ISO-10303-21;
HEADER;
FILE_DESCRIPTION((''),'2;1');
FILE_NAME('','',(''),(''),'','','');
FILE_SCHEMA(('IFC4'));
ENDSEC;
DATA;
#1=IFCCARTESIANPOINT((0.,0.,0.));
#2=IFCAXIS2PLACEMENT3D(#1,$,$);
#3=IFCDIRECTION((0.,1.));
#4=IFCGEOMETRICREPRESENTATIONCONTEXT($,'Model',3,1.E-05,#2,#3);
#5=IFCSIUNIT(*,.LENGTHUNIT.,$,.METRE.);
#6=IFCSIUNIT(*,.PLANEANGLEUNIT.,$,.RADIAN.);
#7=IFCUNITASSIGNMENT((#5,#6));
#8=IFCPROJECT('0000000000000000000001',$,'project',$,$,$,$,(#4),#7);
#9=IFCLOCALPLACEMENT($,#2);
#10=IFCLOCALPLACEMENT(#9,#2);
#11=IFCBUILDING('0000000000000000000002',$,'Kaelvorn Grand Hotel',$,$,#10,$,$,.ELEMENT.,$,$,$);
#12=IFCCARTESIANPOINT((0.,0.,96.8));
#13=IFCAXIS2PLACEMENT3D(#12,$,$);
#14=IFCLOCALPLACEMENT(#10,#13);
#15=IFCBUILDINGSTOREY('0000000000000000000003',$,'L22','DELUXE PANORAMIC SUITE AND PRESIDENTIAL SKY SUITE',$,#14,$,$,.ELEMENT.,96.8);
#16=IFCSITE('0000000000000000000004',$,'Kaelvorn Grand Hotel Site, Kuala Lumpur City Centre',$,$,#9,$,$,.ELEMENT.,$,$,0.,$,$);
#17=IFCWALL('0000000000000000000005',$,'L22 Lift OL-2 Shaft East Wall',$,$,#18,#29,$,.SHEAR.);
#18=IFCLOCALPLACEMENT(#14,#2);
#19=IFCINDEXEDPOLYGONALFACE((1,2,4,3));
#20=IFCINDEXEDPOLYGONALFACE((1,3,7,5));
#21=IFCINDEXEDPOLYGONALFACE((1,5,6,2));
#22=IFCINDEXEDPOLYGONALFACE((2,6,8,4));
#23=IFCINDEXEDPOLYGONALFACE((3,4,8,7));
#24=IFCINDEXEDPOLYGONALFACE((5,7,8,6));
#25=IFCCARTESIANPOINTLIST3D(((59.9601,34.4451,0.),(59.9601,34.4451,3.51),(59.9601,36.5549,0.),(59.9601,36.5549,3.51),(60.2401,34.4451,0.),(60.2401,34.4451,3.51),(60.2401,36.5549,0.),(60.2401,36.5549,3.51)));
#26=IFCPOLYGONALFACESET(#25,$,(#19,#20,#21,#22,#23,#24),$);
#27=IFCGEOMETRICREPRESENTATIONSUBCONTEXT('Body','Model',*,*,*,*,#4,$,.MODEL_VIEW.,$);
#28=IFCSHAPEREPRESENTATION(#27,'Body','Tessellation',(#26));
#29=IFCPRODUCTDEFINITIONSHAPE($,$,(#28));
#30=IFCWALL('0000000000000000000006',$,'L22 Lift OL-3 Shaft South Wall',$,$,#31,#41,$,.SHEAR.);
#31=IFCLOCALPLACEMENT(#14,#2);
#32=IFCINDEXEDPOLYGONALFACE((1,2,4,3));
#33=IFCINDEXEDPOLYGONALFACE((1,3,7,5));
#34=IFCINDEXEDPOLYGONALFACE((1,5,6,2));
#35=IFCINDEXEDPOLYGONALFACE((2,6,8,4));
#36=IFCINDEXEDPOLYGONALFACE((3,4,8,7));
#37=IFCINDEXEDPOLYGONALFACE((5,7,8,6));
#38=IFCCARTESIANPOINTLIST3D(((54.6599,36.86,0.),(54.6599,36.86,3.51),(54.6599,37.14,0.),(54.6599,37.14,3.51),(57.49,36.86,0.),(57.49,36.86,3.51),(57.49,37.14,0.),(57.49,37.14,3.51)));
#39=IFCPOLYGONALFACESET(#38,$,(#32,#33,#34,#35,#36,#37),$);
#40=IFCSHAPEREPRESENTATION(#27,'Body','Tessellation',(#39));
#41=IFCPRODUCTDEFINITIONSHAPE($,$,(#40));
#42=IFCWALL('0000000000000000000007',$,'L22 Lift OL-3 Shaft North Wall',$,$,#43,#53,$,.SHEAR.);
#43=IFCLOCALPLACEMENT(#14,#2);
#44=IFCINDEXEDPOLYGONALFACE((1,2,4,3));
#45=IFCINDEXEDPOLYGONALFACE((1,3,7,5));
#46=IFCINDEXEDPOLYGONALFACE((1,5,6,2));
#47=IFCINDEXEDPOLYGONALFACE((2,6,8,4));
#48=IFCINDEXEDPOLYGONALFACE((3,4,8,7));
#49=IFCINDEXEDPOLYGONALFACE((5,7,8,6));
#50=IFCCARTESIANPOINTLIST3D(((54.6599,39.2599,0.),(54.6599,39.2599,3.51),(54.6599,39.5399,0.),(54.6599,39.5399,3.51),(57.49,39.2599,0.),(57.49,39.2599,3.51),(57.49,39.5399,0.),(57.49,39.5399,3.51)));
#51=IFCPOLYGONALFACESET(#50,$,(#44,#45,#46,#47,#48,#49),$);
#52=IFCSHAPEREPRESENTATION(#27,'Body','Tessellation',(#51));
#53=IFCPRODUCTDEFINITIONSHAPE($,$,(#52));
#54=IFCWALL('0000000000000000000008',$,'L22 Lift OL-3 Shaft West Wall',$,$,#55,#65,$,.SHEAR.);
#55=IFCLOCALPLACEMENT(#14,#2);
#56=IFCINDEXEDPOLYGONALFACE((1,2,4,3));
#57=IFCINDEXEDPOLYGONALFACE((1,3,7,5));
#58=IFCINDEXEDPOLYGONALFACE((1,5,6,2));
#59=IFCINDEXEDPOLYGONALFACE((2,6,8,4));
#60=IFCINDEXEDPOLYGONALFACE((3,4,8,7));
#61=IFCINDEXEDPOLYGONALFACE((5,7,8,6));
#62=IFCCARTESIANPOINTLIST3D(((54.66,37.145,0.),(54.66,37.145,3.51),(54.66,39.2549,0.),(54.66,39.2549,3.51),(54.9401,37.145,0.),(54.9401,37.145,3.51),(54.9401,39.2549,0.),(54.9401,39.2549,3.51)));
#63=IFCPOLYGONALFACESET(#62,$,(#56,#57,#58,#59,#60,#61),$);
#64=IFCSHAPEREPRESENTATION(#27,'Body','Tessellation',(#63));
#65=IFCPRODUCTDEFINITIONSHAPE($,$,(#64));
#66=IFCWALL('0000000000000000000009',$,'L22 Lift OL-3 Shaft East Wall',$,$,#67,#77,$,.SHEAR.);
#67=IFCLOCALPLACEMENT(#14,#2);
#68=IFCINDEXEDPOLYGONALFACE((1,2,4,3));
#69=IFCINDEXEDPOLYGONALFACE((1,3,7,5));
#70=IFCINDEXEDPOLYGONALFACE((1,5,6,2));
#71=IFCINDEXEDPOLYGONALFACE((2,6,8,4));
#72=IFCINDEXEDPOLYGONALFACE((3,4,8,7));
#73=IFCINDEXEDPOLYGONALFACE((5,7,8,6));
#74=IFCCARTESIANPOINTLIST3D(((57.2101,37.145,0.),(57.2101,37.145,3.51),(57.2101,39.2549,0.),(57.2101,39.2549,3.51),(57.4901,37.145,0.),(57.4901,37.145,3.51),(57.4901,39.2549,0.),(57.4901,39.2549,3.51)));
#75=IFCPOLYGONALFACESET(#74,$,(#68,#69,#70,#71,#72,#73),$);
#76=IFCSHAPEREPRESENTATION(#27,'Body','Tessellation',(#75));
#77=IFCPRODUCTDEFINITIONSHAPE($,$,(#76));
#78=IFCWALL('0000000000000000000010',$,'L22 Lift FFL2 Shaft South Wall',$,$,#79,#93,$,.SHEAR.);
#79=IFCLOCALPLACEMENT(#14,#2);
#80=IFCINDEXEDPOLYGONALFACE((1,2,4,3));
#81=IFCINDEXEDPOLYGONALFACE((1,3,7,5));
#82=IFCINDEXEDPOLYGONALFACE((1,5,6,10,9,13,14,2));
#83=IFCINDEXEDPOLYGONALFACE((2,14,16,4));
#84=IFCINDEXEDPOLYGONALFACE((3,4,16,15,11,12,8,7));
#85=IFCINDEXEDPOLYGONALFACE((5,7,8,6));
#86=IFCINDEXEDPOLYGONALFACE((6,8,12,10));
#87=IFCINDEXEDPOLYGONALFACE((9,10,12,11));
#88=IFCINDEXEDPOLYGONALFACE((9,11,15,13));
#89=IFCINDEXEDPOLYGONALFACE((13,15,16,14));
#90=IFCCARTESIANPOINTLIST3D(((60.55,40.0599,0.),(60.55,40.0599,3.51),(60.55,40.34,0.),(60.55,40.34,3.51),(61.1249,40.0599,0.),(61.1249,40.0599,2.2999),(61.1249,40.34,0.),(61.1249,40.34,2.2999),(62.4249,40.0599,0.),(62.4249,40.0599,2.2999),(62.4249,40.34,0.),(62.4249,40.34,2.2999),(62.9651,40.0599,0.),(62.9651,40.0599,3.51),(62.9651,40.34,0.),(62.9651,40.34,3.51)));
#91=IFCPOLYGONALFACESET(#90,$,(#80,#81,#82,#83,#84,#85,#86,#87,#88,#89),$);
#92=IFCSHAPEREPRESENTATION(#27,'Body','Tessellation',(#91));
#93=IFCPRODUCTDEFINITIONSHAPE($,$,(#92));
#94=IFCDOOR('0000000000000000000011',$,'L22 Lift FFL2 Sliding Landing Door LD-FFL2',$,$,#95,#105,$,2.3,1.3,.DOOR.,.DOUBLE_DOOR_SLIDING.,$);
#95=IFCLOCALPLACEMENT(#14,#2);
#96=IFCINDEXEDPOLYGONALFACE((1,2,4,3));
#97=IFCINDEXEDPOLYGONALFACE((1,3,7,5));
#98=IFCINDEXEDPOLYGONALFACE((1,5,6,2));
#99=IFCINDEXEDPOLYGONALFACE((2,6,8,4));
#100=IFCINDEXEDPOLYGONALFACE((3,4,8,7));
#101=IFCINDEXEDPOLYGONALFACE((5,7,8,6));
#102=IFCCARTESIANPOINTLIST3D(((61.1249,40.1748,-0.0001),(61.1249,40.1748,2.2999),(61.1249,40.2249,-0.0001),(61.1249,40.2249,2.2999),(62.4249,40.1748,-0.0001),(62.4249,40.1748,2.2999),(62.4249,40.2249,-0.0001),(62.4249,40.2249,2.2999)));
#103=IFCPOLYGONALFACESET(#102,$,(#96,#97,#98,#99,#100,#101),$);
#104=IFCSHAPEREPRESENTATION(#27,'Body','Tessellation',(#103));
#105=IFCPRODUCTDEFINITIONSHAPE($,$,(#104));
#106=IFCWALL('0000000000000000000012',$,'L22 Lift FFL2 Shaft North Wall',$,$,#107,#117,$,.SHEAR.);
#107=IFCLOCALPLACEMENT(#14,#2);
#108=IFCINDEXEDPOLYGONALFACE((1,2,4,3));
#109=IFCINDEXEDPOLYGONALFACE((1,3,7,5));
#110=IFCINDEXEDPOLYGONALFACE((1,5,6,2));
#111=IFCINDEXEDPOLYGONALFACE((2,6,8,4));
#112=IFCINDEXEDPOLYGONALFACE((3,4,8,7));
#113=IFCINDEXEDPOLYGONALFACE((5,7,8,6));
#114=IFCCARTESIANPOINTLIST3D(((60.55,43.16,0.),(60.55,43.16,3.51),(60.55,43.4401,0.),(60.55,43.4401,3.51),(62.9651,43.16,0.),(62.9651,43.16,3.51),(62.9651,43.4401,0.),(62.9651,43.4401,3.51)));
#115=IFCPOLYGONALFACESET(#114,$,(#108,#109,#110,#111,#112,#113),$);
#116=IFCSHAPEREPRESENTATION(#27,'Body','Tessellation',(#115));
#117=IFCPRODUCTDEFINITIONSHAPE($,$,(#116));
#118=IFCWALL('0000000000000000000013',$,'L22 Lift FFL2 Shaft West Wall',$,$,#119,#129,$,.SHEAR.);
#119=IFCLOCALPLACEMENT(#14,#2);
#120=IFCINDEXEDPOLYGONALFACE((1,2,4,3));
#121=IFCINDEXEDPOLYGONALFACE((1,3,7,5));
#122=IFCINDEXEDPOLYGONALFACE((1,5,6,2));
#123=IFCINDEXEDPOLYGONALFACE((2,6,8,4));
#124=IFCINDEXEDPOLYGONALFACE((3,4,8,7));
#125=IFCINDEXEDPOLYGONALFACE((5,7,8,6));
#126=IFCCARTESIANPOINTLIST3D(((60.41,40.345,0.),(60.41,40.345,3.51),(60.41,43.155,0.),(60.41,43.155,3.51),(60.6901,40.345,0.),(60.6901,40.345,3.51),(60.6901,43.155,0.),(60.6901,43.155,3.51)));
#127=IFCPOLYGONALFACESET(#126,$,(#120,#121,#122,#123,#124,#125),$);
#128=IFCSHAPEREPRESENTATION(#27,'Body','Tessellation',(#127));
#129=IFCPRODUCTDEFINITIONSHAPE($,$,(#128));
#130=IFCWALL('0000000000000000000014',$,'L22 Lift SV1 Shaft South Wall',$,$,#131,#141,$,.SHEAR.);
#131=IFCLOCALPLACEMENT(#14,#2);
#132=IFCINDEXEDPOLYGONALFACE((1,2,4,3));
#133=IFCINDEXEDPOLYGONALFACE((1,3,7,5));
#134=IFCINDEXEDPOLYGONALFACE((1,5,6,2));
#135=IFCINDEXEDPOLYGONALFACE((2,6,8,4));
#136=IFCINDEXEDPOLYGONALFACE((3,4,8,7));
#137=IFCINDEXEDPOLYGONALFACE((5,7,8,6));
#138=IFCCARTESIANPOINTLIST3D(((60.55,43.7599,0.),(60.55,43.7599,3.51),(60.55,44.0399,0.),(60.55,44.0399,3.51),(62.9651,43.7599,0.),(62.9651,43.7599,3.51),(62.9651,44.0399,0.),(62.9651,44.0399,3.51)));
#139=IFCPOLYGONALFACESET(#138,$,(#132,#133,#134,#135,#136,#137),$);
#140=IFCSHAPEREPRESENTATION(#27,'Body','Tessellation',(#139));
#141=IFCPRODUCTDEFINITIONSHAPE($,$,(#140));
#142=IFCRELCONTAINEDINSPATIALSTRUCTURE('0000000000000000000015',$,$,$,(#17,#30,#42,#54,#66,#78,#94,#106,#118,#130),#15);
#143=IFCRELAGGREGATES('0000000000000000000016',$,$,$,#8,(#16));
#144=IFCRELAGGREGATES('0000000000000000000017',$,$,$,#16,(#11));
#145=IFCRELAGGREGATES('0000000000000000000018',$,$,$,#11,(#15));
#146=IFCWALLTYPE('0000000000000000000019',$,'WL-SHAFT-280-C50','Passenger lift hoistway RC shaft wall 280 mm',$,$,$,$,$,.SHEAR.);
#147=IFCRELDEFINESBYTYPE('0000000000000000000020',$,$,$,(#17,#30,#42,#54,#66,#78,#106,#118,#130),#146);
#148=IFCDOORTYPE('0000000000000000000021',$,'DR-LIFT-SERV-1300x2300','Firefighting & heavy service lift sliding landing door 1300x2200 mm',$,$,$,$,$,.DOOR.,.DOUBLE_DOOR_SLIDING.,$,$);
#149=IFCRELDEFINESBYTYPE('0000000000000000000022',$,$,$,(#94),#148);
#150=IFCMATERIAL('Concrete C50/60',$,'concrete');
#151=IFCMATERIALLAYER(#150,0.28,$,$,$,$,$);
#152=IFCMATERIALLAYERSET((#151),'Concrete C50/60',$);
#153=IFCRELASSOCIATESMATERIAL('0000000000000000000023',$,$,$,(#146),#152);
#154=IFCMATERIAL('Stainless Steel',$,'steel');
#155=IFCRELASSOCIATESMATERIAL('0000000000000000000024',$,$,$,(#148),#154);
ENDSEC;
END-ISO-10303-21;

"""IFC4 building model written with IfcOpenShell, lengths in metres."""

from ifc_helpers import new_model, si_unit, direction, frame, frame_2d, origin, place, context, subcontext, project, spatial, rectangle, extrude, material, layer, layer_set, type_object, element, fill, save


model = new_model("IFC4")

# Units and contexts
model_context = context("Model", 3, precision=1e-05, world=origin(), true_north=direction((0.0, 1.0)))
body_context = subcontext(model_context, "Body", "Model", "MODEL_VIEW")
ifc_project = project(units=[si_unit("LENGTHUNIT", "METRE"), si_unit("PLANEANGLEUNIT", "RADIAN")], contexts=[model_context])

# Site, building, storey
site_placement = place(None, origin())
site = spatial("IfcSite", under=ifc_project, at=site_placement, Name="Kaelvorn Grand Hotel Site, Kuala Lumpur City Centre", CompositionType="ELEMENT", RefElevation=0.0)
building_placement = place(site_placement, origin())
building = spatial("IfcBuilding", under=site, at=building_placement, Name="Kaelvorn Grand Hotel", CompositionType="ELEMENT")
storey_placement = place(building_placement, frame((0.0, 0.0, 96.8)))
storey = spatial("IfcBuildingStorey", under=building, at=storey_placement, Name="L22", Description="DELUXE PANORAMIC SUITE AND PRESIDENTIAL SKY SUITE", CompositionType="ELEMENT", Elevation=96.8)

# Walls
ifc_material_1 = material(Name="Concrete C50/60", Category="concrete")
ifc_layer_1 = layer(ifc_material_1, 0.28)
ifc_layer_set_1 = layer_set([ifc_layer_1], Name="Concrete C50/60")
wall_type_1 = type_object("IfcWallType", Name="WL-SHAFT-280-C50", Description="Passenger lift hoistway RC shaft wall 280 mm", PredefinedType="SHEAR", material=ifc_layer_set_1)
wall_1_placement = place(storey_placement, frame((60.1001, 34.4451, 0.0), z_axis=(0.0, 0.0, 1.0), x_axis=(0.0, 1.0, 0.0)))
element("IfcWall", 1, at=wall_1_placement, inside=storey, type_object=wall_type_1, Name="L22 Lift OL-2 Shaft East Wall", PredefinedType="SHEAR", context=body_context, shape_type="SweptSolid", body=[
    extrude(rectangle(XDim=2.1099, YDim=0.28, at=frame_2d((1.0549, 0.0))), origin(), (0.0, 0.0, 1.0), 3.51),
])
for number, where, z_axis, x_axis, name in (
    (2, (54.6599, 37.0, 0.0), (0.0, 0.0, 1.0), (1.0, 0.0, 0.0), "L22 Lift OL-3 Shaft South Wall"),
    (3, (54.6599, 39.3999, 0.0), (0.0, 0.0, 1.0), (1.0, 0.0, 0.0), "L22 Lift OL-3 Shaft North Wall"),
):
    element("IfcWall", number, at=place(storey_placement, frame(where, z_axis=z_axis, x_axis=x_axis)), inside=storey, type_object=wall_type_1, Name=name, PredefinedType="SHEAR", context=body_context, shape_type="SweptSolid", body=[
        extrude(rectangle(XDim=2.8301, YDim=0.28, at=frame_2d((1.415, 0.0))), origin(), (0.0, 0.0, 1.0), 3.51),
    ])
for number, where, z_axis, x_axis, name in (
    (4, (54.8, 37.145, 0.0), (0.0, 0.0, 1.0), (0.0, 1.0, 0.0), "L22 Lift OL-3 Shaft West Wall"),
    (5, (57.3501, 37.145, 0.0), (0.0, 0.0, 1.0), (0.0, 1.0, 0.0), "L22 Lift OL-3 Shaft East Wall"),
):
    element("IfcWall", number, at=place(storey_placement, frame(where, z_axis=z_axis, x_axis=x_axis)), inside=storey, type_object=wall_type_1, Name=name, PredefinedType="SHEAR", context=body_context, shape_type="SweptSolid", body=[
        extrude(rectangle(XDim=2.1099, YDim=0.28, at=frame_2d((1.0549, 0.0))), origin(), (0.0, 0.0, 1.0), 3.51),
    ])

# Wall, opening, door
wall_2_placement = place(storey_placement, frame((60.55, 40.2, 0.0), z_axis=(0.0, 0.0, 1.0), x_axis=(1.0, 0.0, 0.0)))
wall_2 = element("IfcWall", 6, at=wall_2_placement, inside=storey, type_object=wall_type_1, Name="L22 Lift FFL2 Shaft South Wall", PredefinedType="SHEAR", context=body_context, shape_type="SweptSolid", body=[
    extrude(rectangle(XDim=2.415, YDim=0.28, at=frame_2d((1.2075, 0.0))), origin(), (0.0, 0.0, 1.0), 3.51),
])
opening_1_placement = place(wall_2_placement, frame((0.575, 0.0, 0.0)))
opening_1 = element("IfcOpeningElement", 7, at=opening_1_placement, cuts=wall_2, PredefinedType="OPENING", context=body_context, shape_type="SweptSolid", body=[
    extrude(rectangle(XDim=1.3, YDim=2.3, at=frame_2d((0.6499, 1.1499))), frame((0.0, 0.1499, 0.0), z_axis=(0.0, -1.0, 0.0), x_axis=(1.0, 0.0, 0.0)), (0.0, 0.0, 1.0), 0.3),
])
ifc_material_2 = material(Name="Stainless Steel", Category="steel")
door_type_1 = type_object("IfcDoorType", Name="DR-LIFT-SERV-1300x2300", Description="Firefighting & heavy service lift sliding landing door 1300x2200 mm", OperationType="DOUBLE_DOOR_SLIDING", PredefinedType="DOOR", material=ifc_material_2)
door_1_placement = place(opening_1_placement, origin())
door_1 = element("IfcDoor", 8, at=door_1_placement, inside=storey, type_object=door_type_1, Name="L22 Lift FFL2 Sliding Landing Door LD-FFL2", OperationType="DOUBLE_DOOR_SLIDING", OverallHeight=2.3, OverallWidth=1.3, PredefinedType="DOOR", context=body_context, shape_type="SweptSolid", body=[
    extrude(rectangle(XDim=1.3, YDim=2.3, at=frame_2d((0.6499, 1.1499))), frame((0.0, 0.0249, 0.0), z_axis=(0.0, -1.0, 0.0), x_axis=(1.0, 0.0, 0.0)), (0.0, 0.0, 1.0), 0.05),
])
fill(opening_1, door_1)

# Walls
wall_3_placement = place(storey_placement, frame((60.55, 43.3, 0.0), z_axis=(0.0, 0.0, 1.0), x_axis=(1.0, 0.0, 0.0)))
element("IfcWall", 9, at=wall_3_placement, inside=storey, type_object=wall_type_1, Name="L22 Lift FFL2 Shaft North Wall", PredefinedType="SHEAR", context=body_context, shape_type="SweptSolid", body=[
    extrude(rectangle(XDim=2.415, YDim=0.28, at=frame_2d((1.2075, 0.0))), origin(), (0.0, 0.0, 1.0), 3.51),
])
wall_4_placement = place(storey_placement, frame((60.55, 40.345, 0.0), z_axis=(0.0, 0.0, 1.0), x_axis=(0.0, 1.0, 0.0)))
element("IfcWall", 10, at=wall_4_placement, inside=storey, type_object=wall_type_1, Name="L22 Lift FFL2 Shaft West Wall", PredefinedType="SHEAR", context=body_context, shape_type="SweptSolid", body=[
    extrude(rectangle(XDim=2.8101, YDim=0.28, at=frame_2d((1.405, 0.0))), origin(), (0.0, 0.0, 1.0), 3.51),
])
wall_5_placement = place(storey_placement, frame((60.55, 43.8999, 0.0), z_axis=(0.0, 0.0, 1.0), x_axis=(1.0, 0.0, 0.0)))
element("IfcWall", 11, at=wall_5_placement, inside=storey, type_object=wall_type_1, Name="L22 Lift SV1 Shaft South Wall", PredefinedType="SHEAR", context=body_context, shape_type="SweptSolid", body=[
    extrude(rectangle(XDim=2.415, YDim=0.28, at=frame_2d((1.2075, 0.0))), origin(), (0.0, 0.0, 1.0), 3.51),
])

save(model, "model.ifc")
